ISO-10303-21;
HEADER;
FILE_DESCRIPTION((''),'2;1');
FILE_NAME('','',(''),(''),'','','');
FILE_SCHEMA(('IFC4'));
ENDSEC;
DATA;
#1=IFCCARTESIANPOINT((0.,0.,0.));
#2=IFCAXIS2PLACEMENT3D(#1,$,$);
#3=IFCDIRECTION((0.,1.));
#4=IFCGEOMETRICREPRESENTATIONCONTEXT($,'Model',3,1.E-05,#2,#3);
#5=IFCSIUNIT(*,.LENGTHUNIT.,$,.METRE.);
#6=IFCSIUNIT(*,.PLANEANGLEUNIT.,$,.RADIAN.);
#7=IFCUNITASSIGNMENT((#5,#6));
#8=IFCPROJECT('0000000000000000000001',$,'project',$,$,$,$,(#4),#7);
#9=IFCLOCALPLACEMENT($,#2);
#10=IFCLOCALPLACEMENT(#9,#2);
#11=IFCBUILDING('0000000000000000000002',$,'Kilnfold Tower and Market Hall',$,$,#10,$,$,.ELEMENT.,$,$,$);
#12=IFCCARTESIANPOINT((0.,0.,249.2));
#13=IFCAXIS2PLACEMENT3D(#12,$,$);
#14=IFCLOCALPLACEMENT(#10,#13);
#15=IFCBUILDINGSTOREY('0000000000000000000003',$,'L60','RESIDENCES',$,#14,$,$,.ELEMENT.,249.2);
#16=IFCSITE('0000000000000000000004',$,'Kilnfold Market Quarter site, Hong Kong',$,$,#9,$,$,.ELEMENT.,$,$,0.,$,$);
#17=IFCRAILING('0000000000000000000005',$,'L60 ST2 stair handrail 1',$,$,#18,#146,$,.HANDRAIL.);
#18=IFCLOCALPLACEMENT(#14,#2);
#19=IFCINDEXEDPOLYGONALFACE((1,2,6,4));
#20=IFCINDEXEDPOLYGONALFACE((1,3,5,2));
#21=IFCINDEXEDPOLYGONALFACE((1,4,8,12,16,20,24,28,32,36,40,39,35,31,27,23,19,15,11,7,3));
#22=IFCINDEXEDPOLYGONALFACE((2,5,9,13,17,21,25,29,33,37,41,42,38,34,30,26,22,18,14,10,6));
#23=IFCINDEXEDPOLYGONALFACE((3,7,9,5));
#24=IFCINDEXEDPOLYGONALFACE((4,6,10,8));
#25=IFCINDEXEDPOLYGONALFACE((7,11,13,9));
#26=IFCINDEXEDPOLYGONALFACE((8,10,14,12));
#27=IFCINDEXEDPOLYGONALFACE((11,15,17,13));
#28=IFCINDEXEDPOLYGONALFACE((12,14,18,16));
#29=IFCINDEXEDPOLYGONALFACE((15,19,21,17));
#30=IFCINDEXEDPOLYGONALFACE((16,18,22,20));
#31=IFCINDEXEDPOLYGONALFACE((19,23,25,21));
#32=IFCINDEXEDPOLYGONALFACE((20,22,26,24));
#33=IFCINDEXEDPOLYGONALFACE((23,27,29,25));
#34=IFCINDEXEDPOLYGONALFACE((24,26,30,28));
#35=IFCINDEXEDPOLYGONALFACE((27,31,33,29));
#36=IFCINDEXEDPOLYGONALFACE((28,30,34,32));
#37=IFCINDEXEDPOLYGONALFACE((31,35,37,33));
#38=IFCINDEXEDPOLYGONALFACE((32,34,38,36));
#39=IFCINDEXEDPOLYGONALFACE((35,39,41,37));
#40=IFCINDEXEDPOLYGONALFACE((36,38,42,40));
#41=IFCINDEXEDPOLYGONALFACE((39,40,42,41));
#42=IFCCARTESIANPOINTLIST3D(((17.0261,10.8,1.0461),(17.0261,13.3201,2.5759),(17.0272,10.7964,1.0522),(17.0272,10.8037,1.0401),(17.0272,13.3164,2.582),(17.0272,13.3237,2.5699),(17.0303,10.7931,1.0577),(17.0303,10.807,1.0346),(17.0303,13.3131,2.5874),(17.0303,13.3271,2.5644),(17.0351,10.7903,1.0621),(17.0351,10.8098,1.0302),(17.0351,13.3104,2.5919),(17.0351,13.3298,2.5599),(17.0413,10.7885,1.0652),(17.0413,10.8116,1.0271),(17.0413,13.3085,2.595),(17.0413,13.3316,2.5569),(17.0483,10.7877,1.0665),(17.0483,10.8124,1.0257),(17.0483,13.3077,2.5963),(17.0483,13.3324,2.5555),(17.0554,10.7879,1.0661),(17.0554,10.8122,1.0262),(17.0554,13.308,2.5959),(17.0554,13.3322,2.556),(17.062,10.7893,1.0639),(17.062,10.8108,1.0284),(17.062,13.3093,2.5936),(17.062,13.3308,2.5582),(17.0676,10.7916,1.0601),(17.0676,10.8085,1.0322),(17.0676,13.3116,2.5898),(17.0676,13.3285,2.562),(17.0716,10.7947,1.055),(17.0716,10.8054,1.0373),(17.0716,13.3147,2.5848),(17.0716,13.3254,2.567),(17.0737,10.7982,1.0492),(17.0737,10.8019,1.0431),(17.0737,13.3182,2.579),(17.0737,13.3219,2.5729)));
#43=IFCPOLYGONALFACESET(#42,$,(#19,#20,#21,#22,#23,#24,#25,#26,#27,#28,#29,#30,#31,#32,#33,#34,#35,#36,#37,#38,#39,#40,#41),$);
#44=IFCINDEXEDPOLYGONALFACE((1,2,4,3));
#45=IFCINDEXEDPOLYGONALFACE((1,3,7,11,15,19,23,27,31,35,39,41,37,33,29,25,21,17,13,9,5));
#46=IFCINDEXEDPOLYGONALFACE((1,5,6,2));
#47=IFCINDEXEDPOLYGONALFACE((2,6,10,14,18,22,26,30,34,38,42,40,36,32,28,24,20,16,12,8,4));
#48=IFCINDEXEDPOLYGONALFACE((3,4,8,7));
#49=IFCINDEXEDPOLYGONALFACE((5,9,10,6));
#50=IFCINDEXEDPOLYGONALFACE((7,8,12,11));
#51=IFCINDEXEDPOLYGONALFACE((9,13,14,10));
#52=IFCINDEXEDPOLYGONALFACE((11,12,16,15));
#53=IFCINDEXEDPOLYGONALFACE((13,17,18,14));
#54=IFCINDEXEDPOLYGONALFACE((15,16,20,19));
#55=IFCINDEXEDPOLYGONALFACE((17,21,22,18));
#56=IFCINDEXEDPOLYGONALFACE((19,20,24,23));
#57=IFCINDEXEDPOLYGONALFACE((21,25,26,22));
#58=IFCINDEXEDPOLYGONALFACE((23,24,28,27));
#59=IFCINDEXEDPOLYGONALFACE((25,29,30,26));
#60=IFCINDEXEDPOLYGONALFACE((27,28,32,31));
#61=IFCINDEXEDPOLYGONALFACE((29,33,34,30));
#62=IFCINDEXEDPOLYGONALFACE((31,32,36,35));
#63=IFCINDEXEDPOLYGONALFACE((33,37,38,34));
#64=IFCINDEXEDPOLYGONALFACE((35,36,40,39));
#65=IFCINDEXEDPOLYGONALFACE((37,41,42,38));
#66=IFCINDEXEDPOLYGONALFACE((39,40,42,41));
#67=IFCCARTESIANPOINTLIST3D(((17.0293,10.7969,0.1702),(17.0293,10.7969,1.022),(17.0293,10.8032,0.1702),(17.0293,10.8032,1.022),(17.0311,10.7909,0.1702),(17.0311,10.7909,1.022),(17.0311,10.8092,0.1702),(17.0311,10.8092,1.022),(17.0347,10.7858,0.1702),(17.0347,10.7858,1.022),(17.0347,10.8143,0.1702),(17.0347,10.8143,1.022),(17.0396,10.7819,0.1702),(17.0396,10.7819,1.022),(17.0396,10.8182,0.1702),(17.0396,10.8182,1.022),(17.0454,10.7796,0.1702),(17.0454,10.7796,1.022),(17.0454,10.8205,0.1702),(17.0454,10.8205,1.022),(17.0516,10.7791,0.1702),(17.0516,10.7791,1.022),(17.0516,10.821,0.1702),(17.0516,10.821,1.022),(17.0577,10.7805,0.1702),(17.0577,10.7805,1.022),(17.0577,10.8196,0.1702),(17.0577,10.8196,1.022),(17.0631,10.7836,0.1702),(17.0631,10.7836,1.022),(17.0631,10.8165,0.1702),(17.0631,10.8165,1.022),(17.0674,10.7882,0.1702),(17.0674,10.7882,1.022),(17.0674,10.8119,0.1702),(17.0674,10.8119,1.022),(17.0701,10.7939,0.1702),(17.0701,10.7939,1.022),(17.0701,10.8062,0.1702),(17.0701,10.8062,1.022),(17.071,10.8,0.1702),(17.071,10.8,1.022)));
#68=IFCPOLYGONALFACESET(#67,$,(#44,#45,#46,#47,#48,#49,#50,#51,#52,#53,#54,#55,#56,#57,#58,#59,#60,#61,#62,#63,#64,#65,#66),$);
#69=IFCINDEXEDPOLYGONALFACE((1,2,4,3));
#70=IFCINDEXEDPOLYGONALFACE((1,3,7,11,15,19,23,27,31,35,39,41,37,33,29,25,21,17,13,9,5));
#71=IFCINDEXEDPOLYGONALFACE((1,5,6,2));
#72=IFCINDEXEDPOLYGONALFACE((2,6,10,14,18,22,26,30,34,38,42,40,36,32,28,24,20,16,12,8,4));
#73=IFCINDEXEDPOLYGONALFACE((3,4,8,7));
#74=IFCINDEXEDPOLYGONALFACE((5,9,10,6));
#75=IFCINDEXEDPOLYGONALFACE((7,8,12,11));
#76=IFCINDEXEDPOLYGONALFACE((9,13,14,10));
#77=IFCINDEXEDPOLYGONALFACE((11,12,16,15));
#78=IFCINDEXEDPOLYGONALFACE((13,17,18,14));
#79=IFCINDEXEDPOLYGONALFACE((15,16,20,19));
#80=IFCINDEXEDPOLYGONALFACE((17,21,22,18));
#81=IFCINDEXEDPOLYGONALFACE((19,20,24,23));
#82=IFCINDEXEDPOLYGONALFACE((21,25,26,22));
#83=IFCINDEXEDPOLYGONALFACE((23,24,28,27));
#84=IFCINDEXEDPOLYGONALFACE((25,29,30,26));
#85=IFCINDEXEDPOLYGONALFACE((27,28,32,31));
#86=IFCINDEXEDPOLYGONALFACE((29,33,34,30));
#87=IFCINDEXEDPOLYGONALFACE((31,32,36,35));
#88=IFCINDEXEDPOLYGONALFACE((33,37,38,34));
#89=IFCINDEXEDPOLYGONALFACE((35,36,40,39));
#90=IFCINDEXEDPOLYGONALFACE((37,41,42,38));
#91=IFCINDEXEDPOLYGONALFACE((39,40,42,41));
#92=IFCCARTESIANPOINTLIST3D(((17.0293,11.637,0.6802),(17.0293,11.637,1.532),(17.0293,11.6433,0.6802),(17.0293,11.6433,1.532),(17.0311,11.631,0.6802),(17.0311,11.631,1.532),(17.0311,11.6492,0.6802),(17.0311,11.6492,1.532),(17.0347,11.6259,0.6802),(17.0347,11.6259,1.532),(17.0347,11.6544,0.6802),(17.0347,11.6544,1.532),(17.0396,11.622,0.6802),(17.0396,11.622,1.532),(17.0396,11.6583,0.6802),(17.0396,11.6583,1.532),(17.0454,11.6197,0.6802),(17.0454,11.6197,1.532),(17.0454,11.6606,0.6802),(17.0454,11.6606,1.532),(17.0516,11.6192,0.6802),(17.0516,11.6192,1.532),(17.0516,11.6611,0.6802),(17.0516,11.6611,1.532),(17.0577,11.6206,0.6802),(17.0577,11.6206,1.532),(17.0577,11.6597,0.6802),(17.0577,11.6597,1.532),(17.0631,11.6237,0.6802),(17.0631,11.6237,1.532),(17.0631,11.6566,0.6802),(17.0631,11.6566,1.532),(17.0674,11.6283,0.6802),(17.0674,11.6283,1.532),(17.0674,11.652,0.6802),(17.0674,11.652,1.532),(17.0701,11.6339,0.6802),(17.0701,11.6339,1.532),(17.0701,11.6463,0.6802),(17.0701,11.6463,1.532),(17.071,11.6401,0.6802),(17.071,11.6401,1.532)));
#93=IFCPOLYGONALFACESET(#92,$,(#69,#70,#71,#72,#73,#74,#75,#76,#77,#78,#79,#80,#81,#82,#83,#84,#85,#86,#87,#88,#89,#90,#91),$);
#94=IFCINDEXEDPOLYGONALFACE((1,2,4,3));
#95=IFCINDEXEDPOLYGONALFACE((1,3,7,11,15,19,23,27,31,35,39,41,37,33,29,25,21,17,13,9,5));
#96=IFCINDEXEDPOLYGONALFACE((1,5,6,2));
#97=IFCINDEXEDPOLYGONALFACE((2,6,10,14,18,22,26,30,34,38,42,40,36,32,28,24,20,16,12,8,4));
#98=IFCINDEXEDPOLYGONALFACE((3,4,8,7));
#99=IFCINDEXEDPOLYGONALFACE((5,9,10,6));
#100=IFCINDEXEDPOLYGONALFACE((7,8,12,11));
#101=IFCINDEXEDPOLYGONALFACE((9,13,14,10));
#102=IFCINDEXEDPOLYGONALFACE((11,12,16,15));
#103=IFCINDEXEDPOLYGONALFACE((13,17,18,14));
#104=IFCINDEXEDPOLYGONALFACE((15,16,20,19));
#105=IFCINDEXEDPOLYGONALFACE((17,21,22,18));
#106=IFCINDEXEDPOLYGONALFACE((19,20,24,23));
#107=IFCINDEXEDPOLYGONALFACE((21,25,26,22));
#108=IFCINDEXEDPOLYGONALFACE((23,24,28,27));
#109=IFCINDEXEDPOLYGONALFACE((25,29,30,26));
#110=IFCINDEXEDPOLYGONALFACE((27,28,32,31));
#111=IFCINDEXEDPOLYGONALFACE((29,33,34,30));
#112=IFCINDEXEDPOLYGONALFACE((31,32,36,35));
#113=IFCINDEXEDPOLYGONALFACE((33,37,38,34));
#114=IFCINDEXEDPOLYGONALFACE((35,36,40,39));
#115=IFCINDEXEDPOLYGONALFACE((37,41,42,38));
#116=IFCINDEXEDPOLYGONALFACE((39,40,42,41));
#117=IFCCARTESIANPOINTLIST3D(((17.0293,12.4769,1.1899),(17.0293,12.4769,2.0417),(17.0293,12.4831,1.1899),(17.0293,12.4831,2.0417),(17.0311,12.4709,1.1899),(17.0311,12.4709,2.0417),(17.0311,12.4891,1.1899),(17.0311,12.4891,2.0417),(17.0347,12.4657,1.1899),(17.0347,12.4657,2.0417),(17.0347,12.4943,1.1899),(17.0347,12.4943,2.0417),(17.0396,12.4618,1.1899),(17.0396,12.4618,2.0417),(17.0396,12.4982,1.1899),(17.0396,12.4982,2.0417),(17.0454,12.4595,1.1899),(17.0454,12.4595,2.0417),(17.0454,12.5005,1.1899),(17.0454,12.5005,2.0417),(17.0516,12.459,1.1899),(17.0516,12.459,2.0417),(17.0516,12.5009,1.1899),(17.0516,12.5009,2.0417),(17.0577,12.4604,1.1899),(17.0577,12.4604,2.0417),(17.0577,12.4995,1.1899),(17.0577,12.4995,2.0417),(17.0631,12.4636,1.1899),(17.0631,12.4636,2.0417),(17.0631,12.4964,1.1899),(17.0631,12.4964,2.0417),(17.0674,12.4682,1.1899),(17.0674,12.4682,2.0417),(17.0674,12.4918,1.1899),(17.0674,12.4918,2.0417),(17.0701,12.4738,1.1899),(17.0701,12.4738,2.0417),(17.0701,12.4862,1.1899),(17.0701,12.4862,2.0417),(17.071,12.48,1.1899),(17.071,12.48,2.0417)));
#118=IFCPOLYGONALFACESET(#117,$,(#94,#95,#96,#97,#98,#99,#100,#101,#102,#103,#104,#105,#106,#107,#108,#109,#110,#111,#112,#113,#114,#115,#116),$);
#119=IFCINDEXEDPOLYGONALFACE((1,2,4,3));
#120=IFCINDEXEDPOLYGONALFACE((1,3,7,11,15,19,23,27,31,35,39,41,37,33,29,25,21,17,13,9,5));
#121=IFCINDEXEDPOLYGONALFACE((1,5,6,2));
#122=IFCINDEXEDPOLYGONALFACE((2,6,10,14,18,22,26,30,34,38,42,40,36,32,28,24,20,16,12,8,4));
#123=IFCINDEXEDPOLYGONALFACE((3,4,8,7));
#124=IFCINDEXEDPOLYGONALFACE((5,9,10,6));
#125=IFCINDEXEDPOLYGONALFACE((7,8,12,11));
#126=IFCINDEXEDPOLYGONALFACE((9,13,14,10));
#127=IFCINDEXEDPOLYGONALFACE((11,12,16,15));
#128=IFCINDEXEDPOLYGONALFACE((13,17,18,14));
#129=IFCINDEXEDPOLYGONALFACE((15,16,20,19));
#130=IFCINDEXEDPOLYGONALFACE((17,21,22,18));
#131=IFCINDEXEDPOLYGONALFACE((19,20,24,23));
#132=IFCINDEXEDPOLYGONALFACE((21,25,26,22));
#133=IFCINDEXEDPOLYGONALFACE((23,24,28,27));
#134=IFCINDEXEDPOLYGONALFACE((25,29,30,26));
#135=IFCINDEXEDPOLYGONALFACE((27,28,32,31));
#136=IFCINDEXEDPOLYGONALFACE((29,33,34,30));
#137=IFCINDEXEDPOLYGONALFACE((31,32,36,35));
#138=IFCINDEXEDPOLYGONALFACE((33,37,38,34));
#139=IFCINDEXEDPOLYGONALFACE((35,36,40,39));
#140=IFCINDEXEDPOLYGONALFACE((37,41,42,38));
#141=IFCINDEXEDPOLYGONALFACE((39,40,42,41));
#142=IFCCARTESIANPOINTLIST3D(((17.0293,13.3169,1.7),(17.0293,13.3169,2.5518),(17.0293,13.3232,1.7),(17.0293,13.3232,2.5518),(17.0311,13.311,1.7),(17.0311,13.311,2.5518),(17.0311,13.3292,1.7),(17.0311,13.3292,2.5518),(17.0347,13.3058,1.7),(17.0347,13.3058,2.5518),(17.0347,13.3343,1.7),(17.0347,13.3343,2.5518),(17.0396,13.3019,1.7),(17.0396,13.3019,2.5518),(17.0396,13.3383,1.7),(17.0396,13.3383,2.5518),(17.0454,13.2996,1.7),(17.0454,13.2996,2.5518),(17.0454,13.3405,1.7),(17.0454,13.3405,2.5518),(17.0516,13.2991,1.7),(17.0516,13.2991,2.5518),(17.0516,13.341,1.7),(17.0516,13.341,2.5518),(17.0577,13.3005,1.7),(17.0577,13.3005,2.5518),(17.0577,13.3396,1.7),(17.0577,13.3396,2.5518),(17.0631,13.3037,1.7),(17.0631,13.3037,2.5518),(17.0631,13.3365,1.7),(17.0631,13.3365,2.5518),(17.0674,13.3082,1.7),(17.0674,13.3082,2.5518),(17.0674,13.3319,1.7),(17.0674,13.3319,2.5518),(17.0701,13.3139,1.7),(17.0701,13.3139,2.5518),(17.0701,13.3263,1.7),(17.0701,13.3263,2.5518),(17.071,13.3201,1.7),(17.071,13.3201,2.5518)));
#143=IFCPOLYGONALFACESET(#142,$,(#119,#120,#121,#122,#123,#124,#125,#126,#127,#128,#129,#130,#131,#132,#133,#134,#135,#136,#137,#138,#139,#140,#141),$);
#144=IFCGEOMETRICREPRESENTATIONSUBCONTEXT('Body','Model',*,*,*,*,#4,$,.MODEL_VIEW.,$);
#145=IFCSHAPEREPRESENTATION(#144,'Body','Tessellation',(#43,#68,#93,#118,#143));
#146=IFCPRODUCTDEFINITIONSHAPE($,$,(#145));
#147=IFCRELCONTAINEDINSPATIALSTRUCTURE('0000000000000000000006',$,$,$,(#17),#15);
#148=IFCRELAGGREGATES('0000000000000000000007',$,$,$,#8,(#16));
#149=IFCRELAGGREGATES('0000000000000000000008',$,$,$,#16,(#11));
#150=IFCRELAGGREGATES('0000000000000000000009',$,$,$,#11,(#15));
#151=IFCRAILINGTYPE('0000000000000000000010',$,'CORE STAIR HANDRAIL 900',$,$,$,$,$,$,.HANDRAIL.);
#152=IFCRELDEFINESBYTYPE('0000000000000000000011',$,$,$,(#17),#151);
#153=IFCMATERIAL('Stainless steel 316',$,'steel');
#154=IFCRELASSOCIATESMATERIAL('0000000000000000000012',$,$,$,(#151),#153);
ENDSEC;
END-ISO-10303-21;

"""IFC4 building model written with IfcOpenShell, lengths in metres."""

from ifc_helpers import new_model, si_unit, direction, frame, origin, origin_2d, place, context, subcontext, project, spatial, circle, extrude, material, type_object, element, save


model = new_model("IFC4")

# Units and contexts
model_context = context("Model", 3, precision=1e-05, world=origin(), true_north=direction((0.0, 1.0)))
body_context = subcontext(model_context, "Body", "Model", "MODEL_VIEW")
ifc_project = project(units=[si_unit("LENGTHUNIT", "METRE"), si_unit("PLANEANGLEUNIT", "RADIAN")], contexts=[model_context])

# Site, building, storey
site_placement = place(None, origin())
site = spatial("IfcSite", under=ifc_project, at=site_placement, Name="Kilnfold Market Quarter site, Hong Kong", CompositionType="ELEMENT", RefElevation=0.0)
building_placement = place(site_placement, origin())
building = spatial("IfcBuilding", under=site, at=building_placement, Name="Kilnfold Tower and Market Hall", CompositionType="ELEMENT")
storey_placement = place(building_placement, frame((0.0, 0.0, 249.2)))
storey = spatial("IfcBuildingStorey", under=building, at=storey_placement, Name="L60", Description="RESIDENCES", CompositionType="ELEMENT", Elevation=249.2)

# Railing
ifc_material_1 = material(Name="Stainless steel 316", Category="steel")
railing_type_1 = type_object("IfcRailingType", Name="CORE STAIR HANDRAIL 900", PredefinedType="HANDRAIL", material=ifc_material_1)
railing_1_placement = place(storey_placement, frame((17.05, 10.8, 0.1702)))
element("IfcRailing", 1, at=railing_1_placement, inside=storey, type_object=railing_type_1, Name="L60 ST2 stair handrail 1", PredefinedType="HANDRAIL", context=body_context, shape_type="SweptSolid", body=[
    extrude(circle(Radius=0.0239, at=origin_2d()), frame((0.0, 0.0, 0.876), z_axis=(0.0, 0.854822, 0.518922), x_axis=(-1.0, 0.0, 0.0)), (0.0, 0.0, 1.0), 2.948),
    extrude(circle(Radius=0.021, at=origin_2d()), origin(), (0.0, 0.0, 1.0), 0.8518),
    extrude(circle(Radius=0.021, at=origin_2d()), frame((0.0, 0.8401, 0.51)), (0.0, 0.0, 1.0), 0.8518),
    extrude(circle(Radius=0.021, at=origin_2d()), frame((0.0, 1.6799, 1.0198)), (0.0, 0.0, 1.0), 0.8518),
    extrude(circle(Radius=0.021, at=origin_2d()), frame((0.0, 2.52, 1.5298)), (0.0, 0.0, 1.0), 0.8518),
])

save(model, "model.ifc")
